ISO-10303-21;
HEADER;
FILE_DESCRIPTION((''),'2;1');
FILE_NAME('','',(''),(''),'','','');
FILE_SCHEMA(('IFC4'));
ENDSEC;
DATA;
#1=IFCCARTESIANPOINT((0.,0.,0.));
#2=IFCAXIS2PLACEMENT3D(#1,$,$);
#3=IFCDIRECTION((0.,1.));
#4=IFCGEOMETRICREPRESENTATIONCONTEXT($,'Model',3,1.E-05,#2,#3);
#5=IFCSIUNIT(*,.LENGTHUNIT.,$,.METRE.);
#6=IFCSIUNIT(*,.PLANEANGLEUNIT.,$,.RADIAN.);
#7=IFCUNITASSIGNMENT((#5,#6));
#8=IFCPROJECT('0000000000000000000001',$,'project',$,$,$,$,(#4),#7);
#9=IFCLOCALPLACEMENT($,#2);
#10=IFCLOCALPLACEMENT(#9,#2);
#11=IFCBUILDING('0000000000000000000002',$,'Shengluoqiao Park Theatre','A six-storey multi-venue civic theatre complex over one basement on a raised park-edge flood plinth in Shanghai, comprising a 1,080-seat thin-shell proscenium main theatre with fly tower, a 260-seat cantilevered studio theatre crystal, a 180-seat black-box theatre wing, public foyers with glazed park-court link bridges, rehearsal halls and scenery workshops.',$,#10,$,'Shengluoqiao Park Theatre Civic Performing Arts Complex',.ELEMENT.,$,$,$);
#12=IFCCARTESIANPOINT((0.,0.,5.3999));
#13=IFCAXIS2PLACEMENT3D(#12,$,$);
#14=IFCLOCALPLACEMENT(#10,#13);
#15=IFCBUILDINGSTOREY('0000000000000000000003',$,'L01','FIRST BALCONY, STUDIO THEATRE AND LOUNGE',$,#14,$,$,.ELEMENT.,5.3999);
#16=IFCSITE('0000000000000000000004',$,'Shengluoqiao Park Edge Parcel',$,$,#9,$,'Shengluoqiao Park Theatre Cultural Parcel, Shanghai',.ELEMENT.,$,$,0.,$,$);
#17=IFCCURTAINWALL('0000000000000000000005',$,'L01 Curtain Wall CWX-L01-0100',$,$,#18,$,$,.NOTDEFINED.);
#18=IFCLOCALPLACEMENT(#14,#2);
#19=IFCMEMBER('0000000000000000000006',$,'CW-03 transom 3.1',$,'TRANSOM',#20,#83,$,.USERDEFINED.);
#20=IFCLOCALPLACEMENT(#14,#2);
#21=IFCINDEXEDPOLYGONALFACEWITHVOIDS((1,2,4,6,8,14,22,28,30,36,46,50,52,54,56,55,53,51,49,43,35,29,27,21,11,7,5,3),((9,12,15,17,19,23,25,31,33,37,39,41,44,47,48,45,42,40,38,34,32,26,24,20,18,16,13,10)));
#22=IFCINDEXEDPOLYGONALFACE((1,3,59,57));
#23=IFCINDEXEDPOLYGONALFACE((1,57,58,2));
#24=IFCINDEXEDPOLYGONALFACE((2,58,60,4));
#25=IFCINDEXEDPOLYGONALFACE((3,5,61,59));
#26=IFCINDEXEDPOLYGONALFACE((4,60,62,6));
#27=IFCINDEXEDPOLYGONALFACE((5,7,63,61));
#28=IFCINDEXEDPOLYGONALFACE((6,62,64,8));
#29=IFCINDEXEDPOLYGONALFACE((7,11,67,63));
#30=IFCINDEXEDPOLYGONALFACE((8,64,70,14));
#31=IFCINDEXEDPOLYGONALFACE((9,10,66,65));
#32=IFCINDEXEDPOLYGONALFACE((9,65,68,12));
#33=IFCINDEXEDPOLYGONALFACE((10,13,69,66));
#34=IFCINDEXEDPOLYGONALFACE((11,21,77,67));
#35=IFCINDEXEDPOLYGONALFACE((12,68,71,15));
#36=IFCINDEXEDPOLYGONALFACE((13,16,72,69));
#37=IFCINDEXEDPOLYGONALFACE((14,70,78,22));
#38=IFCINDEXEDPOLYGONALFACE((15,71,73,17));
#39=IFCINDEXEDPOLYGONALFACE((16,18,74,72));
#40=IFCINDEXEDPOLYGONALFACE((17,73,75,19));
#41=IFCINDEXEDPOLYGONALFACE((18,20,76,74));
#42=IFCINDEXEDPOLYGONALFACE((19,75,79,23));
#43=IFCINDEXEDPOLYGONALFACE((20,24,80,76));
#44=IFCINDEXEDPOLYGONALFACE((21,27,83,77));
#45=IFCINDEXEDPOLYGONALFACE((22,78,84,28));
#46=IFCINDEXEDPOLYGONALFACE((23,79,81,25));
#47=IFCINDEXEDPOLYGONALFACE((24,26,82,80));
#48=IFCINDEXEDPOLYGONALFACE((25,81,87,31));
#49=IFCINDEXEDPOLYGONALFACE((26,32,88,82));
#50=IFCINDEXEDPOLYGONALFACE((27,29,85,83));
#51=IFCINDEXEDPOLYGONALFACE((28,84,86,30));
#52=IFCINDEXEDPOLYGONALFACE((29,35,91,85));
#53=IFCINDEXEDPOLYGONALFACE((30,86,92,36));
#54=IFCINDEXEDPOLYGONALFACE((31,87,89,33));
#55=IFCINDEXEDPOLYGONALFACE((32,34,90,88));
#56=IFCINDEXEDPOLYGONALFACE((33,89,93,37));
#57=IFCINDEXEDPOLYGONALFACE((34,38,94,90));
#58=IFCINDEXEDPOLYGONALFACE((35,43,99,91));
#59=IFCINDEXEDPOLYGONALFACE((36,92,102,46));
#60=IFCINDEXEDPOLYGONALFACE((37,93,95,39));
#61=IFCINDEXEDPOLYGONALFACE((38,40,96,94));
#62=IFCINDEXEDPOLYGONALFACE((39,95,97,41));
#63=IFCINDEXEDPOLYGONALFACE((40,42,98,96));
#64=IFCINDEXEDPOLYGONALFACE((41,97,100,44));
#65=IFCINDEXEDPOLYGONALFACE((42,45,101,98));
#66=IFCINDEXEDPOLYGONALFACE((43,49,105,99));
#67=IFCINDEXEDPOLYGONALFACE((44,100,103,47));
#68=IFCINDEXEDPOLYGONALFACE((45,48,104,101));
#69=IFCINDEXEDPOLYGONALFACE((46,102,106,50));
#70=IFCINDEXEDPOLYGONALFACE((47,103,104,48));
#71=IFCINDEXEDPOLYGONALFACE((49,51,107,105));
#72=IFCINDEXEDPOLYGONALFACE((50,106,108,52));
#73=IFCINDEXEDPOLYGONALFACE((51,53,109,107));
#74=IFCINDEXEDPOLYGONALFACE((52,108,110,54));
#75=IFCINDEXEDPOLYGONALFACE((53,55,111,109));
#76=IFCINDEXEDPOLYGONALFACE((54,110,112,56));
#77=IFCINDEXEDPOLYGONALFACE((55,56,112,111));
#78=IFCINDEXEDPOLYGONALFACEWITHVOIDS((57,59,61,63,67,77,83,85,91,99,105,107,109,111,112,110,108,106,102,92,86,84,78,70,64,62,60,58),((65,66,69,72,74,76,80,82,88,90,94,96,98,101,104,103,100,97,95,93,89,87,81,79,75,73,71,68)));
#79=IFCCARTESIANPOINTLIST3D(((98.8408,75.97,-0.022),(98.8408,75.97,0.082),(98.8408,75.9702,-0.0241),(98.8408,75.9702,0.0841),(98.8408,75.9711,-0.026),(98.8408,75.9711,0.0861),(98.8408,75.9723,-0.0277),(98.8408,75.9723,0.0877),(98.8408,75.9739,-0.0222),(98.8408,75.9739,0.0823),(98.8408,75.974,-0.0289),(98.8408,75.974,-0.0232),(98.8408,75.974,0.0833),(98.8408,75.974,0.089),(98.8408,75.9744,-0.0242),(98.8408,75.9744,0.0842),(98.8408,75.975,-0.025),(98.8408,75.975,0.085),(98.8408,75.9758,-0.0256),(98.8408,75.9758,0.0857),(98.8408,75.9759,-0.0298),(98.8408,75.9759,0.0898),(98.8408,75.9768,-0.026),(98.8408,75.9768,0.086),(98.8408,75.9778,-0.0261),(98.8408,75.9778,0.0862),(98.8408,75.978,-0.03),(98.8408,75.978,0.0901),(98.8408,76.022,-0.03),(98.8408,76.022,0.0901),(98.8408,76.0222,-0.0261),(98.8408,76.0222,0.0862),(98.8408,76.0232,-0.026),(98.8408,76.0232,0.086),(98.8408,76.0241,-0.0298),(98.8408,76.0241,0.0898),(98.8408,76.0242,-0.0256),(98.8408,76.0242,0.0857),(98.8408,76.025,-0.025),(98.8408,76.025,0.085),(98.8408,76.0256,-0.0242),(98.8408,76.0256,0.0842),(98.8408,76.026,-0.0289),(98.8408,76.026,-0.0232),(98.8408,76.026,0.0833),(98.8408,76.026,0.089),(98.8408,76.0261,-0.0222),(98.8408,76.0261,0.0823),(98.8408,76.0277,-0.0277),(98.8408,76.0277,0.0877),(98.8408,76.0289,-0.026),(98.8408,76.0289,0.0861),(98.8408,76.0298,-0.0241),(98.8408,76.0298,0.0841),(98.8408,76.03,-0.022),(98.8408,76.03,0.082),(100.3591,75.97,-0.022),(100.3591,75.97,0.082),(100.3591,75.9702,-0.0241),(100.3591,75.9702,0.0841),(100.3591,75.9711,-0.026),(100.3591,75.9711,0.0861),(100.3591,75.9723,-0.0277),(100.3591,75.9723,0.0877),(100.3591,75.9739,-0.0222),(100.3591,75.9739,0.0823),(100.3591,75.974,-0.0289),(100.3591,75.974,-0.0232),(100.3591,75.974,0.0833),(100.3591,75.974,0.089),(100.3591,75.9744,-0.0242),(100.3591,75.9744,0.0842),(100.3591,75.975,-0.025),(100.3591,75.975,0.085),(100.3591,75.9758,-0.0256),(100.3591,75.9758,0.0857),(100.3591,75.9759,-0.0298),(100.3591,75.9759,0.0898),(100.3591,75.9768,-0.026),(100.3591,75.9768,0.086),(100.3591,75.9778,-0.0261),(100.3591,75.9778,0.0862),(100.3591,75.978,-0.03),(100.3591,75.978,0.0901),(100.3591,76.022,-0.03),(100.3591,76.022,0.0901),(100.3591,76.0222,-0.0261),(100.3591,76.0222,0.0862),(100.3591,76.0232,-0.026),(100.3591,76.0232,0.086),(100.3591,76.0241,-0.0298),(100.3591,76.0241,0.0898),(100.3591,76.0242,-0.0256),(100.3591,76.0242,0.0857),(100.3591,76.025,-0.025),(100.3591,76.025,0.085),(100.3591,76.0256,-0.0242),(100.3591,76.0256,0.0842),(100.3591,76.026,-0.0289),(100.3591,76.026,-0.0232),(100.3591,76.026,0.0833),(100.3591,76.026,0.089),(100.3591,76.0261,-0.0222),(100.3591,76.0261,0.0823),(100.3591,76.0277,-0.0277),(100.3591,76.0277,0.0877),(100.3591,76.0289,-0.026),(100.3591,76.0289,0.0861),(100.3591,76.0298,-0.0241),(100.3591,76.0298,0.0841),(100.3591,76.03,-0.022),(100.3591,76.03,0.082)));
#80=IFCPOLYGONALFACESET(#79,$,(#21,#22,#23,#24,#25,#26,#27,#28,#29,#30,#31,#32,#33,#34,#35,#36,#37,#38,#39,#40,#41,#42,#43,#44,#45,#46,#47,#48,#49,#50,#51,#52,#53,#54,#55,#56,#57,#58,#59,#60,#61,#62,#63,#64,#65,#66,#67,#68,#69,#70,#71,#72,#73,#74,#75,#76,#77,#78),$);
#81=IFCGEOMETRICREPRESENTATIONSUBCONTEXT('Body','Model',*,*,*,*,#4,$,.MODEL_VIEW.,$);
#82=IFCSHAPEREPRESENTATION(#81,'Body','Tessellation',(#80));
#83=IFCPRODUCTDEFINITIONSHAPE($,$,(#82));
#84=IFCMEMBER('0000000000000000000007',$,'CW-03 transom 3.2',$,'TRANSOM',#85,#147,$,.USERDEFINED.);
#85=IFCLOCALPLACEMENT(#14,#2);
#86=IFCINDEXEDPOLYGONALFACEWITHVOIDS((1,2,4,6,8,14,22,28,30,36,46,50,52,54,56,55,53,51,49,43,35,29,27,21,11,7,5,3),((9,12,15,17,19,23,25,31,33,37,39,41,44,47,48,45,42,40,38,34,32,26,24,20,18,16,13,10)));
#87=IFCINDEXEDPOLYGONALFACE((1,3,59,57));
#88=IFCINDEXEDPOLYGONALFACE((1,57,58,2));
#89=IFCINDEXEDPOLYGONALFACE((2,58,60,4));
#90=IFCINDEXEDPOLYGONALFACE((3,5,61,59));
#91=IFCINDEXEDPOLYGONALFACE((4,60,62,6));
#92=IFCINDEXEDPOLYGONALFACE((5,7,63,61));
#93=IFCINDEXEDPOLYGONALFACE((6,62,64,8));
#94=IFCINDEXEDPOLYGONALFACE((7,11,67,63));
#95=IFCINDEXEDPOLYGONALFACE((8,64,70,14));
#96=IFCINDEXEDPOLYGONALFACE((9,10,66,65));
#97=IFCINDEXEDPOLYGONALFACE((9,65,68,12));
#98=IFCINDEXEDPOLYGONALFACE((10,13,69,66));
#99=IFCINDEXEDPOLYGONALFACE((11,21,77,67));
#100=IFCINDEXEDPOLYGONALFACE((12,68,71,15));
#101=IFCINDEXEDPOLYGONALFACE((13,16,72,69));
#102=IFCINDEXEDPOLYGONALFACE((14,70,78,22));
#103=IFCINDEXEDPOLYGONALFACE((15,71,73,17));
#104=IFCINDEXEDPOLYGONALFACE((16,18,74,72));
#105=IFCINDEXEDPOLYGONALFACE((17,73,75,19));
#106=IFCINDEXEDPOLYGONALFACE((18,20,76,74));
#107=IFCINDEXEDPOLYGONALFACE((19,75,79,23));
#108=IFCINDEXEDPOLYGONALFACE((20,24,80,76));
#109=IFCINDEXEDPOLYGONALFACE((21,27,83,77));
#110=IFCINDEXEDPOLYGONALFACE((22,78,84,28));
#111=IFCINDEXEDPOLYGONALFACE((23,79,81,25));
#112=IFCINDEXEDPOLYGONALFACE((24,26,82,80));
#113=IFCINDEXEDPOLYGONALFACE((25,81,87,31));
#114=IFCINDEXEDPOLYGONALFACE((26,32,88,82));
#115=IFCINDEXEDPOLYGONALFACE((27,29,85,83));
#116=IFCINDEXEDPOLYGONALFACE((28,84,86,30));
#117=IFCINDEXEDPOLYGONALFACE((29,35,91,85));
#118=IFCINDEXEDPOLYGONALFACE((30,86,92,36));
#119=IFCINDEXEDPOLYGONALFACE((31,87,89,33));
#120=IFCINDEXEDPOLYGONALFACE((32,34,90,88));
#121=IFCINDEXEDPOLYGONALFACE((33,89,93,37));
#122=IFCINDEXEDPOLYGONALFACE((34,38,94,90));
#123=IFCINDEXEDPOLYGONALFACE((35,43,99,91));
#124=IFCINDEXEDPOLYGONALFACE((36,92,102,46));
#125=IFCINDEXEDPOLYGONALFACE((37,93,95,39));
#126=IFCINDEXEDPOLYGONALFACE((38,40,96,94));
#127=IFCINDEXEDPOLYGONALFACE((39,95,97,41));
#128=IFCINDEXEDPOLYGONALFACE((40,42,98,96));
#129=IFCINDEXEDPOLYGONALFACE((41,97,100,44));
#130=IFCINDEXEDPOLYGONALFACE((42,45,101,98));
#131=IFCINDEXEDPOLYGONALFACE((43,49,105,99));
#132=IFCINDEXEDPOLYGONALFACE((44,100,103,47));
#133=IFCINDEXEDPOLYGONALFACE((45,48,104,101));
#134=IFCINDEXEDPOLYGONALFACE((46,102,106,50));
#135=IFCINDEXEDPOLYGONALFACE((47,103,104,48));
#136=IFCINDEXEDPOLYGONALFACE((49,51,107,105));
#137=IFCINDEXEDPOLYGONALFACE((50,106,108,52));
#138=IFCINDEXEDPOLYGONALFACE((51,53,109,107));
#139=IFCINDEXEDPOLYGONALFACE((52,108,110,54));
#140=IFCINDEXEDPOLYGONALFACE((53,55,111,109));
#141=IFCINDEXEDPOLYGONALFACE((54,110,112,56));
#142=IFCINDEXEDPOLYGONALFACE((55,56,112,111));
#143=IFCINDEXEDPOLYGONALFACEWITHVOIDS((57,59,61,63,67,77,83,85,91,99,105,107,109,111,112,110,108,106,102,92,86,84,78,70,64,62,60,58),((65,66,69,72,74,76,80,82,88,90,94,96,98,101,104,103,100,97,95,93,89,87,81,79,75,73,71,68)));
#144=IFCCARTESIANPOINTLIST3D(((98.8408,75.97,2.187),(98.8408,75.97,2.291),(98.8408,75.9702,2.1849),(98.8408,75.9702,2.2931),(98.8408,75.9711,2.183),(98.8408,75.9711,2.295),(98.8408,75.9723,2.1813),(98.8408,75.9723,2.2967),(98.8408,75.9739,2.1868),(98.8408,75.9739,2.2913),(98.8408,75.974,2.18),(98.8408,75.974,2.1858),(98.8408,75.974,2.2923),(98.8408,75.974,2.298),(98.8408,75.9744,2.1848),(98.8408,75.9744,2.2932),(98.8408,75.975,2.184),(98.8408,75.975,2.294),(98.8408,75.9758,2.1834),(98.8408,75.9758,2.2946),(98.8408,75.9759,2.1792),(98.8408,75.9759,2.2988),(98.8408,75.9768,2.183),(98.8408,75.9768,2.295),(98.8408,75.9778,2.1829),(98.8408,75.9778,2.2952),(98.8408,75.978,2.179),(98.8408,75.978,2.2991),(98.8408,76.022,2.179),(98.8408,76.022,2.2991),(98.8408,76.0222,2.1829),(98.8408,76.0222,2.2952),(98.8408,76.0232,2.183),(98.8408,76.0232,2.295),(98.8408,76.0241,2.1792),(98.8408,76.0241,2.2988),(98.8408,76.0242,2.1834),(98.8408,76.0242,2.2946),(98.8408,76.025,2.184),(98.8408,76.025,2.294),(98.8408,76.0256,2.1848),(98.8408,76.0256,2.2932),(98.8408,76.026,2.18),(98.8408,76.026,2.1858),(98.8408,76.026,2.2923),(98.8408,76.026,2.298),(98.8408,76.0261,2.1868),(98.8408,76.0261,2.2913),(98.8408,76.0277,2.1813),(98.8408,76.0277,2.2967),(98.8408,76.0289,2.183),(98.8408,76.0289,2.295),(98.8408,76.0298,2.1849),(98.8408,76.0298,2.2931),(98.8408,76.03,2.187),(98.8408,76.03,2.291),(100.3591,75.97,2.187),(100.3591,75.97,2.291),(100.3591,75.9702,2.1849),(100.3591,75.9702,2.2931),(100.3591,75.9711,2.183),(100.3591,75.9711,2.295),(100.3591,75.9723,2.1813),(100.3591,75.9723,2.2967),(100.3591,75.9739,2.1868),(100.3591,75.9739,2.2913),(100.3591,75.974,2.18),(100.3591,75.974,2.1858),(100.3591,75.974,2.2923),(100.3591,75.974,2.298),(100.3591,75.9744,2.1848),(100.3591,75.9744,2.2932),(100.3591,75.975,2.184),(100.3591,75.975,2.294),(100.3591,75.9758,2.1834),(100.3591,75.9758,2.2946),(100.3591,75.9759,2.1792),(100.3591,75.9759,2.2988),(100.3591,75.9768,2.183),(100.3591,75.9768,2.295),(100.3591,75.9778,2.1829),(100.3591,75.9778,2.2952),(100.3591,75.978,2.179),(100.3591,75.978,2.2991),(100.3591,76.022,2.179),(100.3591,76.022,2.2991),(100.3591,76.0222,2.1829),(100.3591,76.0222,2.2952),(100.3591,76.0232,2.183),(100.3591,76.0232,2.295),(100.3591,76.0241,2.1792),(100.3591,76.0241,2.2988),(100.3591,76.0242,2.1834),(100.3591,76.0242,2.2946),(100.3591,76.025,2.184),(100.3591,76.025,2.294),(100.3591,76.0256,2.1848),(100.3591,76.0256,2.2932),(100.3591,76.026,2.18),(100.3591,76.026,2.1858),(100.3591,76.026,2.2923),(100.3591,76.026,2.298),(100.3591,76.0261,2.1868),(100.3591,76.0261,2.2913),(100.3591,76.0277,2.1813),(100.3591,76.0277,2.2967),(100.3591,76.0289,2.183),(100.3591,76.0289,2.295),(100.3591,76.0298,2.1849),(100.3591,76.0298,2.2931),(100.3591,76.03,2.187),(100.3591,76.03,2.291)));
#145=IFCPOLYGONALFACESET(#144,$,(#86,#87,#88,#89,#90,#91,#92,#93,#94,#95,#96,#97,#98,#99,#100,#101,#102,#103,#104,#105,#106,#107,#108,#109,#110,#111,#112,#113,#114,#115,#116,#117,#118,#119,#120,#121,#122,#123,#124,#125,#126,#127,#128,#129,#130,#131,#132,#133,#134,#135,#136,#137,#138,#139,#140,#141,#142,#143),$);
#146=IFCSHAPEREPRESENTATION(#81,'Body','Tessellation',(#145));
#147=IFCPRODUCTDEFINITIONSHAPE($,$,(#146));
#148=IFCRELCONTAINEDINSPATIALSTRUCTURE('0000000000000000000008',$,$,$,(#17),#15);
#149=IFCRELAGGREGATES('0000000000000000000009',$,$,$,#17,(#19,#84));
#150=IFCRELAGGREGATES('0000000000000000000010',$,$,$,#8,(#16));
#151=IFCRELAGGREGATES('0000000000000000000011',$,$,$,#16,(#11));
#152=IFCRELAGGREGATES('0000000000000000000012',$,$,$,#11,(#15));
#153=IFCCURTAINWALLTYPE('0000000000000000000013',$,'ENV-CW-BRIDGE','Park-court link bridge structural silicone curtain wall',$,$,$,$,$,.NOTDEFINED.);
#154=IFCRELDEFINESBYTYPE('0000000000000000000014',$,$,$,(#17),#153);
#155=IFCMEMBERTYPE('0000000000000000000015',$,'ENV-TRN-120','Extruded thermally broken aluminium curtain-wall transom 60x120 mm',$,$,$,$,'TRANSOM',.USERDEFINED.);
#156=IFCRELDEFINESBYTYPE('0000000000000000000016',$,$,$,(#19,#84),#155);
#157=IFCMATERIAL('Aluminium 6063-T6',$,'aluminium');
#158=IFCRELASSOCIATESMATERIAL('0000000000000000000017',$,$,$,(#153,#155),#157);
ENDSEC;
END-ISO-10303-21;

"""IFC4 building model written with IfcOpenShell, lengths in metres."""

from ifc_helpers import new_model, si_unit, direction, frame, origin, origin_2d, place, context, subcontext, project, spatial, hollow_rectangle, extrude, material, material_profile, profile_set, type_object, element, aggregate, save


model = new_model("IFC4")

# Units and contexts
model_context = context("Model", 3, precision=1e-05, world=origin(), true_north=direction((0.0, 1.0)))
body_context = subcontext(model_context, "Body", "Model", "MODEL_VIEW")
ifc_project = project(units=[si_unit("LENGTHUNIT", "METRE"), si_unit("PLANEANGLEUNIT", "RADIAN")], contexts=[model_context])

# Site, building, storey
site_placement = place(None, origin())
site = spatial("IfcSite", under=ifc_project, at=site_placement, Name="Shengluoqiao Park Edge Parcel", LongName="Shengluoqiao Park Theatre Cultural Parcel, Shanghai", CompositionType="ELEMENT", RefElevation=0.0)
building_placement = place(site_placement, origin())
building = spatial("IfcBuilding", under=site, at=building_placement, Name="Shengluoqiao Park Theatre", Description="A six-storey multi-venue civic theatre complex over one basement on a raised park-edge flood plinth in Shanghai, comprising a 1,080-seat thin-shell proscenium main theatre with fly tower, a 260-seat cantilevered studio theatre crystal, a 180-seat black-box theatre wing, public foyers with glazed park-court link bridges, rehearsal halls and scenery workshops.", LongName="Shengluoqiao Park Theatre Civic Performing Arts Complex", CompositionType="ELEMENT")
storey_placement = place(building_placement, frame((0.0, 0.0, 5.3999)))
storey = spatial("IfcBuildingStorey", under=building, at=storey_placement, Name="L01", Description="FIRST BALCONY, STUDIO THEATRE AND LOUNGE", CompositionType="ELEMENT", Elevation=5.3999)

# Curtain wall
ifc_material_1 = material(Name="Aluminium 6063-T6", Category="aluminium")
curtain_wall_type = type_object("IfcCurtainWallType", Name="ENV-CW-BRIDGE", Description="Park-court link bridge structural silicone curtain wall", PredefinedType="NOTDEFINED", material=ifc_material_1)
curtain_wall_1_placement = place(storey_placement, origin())
curtain_wall_1 = element("IfcCurtainWall", 1, at=curtain_wall_1_placement, inside=storey, type_object=curtain_wall_type, Name="L01 Curtain Wall CWX-L01-0100", PredefinedType="NOTDEFINED")

# Members
ifc_material_profile_1 = material_profile(ifc_material_1, hollow_rectangle(XDim=0.0601, YDim=0.1201, WallThickness=0.0039, InnerFilletRadius=0.0039, OuterFilletRadius=0.0081, at=origin_2d()), Name="ALU TRANSOM 120x60x4")
ifc_profile_set_1 = profile_set([ifc_material_profile_1], Name="Aluminium 6063-T6")
member_type_1 = type_object("IfcMemberType", Name="ENV-TRN-120", Description="Extruded thermally broken aluminium curtain-wall transom 60x120 mm", ElementType="TRANSOM", PredefinedType="USERDEFINED", material=ifc_profile_set_1)
member_1_placement = place(storey_placement, frame((98.8408, 76.0, 0.03), z_axis=(1.0, 0.0, 0.0), x_axis=(0.0, 1.0, 0.0)))
member_1 = element("IfcMember", 2, at=member_1_placement, type_object=member_type_1, Name="CW-03 transom 3.1", ObjectType="TRANSOM", PredefinedType="USERDEFINED", context=body_context, shape_type="SweptSolid", body=[
    extrude(hollow_rectangle(XDim=0.0601, YDim=0.1201, WallThickness=0.0039, InnerFilletRadius=0.0039, OuterFilletRadius=0.0081, at=origin_2d()), origin(), (0.0, 0.0, 1.0), 1.5183),
])
member_2_placement = place(storey_placement, frame((98.8408, 76.0, 2.239), z_axis=(1.0, 0.0, 0.0), x_axis=(0.0, 1.0, 0.0)))
member_2 = element("IfcMember", 3, at=member_2_placement, type_object=member_type_1, Name="CW-03 transom 3.2", ObjectType="TRANSOM", PredefinedType="USERDEFINED", context=body_context, shape_type="SweptSolid", body=[
    extrude(hollow_rectangle(XDim=0.0601, YDim=0.1201, WallThickness=0.0039, InnerFilletRadius=0.0039, OuterFilletRadius=0.0081, at=origin_2d()), origin(), (0.0, 0.0, 1.0), 1.5183),
])

aggregate(curtain_wall_1, [member_1, member_2])

save(model, "model.ifc")
